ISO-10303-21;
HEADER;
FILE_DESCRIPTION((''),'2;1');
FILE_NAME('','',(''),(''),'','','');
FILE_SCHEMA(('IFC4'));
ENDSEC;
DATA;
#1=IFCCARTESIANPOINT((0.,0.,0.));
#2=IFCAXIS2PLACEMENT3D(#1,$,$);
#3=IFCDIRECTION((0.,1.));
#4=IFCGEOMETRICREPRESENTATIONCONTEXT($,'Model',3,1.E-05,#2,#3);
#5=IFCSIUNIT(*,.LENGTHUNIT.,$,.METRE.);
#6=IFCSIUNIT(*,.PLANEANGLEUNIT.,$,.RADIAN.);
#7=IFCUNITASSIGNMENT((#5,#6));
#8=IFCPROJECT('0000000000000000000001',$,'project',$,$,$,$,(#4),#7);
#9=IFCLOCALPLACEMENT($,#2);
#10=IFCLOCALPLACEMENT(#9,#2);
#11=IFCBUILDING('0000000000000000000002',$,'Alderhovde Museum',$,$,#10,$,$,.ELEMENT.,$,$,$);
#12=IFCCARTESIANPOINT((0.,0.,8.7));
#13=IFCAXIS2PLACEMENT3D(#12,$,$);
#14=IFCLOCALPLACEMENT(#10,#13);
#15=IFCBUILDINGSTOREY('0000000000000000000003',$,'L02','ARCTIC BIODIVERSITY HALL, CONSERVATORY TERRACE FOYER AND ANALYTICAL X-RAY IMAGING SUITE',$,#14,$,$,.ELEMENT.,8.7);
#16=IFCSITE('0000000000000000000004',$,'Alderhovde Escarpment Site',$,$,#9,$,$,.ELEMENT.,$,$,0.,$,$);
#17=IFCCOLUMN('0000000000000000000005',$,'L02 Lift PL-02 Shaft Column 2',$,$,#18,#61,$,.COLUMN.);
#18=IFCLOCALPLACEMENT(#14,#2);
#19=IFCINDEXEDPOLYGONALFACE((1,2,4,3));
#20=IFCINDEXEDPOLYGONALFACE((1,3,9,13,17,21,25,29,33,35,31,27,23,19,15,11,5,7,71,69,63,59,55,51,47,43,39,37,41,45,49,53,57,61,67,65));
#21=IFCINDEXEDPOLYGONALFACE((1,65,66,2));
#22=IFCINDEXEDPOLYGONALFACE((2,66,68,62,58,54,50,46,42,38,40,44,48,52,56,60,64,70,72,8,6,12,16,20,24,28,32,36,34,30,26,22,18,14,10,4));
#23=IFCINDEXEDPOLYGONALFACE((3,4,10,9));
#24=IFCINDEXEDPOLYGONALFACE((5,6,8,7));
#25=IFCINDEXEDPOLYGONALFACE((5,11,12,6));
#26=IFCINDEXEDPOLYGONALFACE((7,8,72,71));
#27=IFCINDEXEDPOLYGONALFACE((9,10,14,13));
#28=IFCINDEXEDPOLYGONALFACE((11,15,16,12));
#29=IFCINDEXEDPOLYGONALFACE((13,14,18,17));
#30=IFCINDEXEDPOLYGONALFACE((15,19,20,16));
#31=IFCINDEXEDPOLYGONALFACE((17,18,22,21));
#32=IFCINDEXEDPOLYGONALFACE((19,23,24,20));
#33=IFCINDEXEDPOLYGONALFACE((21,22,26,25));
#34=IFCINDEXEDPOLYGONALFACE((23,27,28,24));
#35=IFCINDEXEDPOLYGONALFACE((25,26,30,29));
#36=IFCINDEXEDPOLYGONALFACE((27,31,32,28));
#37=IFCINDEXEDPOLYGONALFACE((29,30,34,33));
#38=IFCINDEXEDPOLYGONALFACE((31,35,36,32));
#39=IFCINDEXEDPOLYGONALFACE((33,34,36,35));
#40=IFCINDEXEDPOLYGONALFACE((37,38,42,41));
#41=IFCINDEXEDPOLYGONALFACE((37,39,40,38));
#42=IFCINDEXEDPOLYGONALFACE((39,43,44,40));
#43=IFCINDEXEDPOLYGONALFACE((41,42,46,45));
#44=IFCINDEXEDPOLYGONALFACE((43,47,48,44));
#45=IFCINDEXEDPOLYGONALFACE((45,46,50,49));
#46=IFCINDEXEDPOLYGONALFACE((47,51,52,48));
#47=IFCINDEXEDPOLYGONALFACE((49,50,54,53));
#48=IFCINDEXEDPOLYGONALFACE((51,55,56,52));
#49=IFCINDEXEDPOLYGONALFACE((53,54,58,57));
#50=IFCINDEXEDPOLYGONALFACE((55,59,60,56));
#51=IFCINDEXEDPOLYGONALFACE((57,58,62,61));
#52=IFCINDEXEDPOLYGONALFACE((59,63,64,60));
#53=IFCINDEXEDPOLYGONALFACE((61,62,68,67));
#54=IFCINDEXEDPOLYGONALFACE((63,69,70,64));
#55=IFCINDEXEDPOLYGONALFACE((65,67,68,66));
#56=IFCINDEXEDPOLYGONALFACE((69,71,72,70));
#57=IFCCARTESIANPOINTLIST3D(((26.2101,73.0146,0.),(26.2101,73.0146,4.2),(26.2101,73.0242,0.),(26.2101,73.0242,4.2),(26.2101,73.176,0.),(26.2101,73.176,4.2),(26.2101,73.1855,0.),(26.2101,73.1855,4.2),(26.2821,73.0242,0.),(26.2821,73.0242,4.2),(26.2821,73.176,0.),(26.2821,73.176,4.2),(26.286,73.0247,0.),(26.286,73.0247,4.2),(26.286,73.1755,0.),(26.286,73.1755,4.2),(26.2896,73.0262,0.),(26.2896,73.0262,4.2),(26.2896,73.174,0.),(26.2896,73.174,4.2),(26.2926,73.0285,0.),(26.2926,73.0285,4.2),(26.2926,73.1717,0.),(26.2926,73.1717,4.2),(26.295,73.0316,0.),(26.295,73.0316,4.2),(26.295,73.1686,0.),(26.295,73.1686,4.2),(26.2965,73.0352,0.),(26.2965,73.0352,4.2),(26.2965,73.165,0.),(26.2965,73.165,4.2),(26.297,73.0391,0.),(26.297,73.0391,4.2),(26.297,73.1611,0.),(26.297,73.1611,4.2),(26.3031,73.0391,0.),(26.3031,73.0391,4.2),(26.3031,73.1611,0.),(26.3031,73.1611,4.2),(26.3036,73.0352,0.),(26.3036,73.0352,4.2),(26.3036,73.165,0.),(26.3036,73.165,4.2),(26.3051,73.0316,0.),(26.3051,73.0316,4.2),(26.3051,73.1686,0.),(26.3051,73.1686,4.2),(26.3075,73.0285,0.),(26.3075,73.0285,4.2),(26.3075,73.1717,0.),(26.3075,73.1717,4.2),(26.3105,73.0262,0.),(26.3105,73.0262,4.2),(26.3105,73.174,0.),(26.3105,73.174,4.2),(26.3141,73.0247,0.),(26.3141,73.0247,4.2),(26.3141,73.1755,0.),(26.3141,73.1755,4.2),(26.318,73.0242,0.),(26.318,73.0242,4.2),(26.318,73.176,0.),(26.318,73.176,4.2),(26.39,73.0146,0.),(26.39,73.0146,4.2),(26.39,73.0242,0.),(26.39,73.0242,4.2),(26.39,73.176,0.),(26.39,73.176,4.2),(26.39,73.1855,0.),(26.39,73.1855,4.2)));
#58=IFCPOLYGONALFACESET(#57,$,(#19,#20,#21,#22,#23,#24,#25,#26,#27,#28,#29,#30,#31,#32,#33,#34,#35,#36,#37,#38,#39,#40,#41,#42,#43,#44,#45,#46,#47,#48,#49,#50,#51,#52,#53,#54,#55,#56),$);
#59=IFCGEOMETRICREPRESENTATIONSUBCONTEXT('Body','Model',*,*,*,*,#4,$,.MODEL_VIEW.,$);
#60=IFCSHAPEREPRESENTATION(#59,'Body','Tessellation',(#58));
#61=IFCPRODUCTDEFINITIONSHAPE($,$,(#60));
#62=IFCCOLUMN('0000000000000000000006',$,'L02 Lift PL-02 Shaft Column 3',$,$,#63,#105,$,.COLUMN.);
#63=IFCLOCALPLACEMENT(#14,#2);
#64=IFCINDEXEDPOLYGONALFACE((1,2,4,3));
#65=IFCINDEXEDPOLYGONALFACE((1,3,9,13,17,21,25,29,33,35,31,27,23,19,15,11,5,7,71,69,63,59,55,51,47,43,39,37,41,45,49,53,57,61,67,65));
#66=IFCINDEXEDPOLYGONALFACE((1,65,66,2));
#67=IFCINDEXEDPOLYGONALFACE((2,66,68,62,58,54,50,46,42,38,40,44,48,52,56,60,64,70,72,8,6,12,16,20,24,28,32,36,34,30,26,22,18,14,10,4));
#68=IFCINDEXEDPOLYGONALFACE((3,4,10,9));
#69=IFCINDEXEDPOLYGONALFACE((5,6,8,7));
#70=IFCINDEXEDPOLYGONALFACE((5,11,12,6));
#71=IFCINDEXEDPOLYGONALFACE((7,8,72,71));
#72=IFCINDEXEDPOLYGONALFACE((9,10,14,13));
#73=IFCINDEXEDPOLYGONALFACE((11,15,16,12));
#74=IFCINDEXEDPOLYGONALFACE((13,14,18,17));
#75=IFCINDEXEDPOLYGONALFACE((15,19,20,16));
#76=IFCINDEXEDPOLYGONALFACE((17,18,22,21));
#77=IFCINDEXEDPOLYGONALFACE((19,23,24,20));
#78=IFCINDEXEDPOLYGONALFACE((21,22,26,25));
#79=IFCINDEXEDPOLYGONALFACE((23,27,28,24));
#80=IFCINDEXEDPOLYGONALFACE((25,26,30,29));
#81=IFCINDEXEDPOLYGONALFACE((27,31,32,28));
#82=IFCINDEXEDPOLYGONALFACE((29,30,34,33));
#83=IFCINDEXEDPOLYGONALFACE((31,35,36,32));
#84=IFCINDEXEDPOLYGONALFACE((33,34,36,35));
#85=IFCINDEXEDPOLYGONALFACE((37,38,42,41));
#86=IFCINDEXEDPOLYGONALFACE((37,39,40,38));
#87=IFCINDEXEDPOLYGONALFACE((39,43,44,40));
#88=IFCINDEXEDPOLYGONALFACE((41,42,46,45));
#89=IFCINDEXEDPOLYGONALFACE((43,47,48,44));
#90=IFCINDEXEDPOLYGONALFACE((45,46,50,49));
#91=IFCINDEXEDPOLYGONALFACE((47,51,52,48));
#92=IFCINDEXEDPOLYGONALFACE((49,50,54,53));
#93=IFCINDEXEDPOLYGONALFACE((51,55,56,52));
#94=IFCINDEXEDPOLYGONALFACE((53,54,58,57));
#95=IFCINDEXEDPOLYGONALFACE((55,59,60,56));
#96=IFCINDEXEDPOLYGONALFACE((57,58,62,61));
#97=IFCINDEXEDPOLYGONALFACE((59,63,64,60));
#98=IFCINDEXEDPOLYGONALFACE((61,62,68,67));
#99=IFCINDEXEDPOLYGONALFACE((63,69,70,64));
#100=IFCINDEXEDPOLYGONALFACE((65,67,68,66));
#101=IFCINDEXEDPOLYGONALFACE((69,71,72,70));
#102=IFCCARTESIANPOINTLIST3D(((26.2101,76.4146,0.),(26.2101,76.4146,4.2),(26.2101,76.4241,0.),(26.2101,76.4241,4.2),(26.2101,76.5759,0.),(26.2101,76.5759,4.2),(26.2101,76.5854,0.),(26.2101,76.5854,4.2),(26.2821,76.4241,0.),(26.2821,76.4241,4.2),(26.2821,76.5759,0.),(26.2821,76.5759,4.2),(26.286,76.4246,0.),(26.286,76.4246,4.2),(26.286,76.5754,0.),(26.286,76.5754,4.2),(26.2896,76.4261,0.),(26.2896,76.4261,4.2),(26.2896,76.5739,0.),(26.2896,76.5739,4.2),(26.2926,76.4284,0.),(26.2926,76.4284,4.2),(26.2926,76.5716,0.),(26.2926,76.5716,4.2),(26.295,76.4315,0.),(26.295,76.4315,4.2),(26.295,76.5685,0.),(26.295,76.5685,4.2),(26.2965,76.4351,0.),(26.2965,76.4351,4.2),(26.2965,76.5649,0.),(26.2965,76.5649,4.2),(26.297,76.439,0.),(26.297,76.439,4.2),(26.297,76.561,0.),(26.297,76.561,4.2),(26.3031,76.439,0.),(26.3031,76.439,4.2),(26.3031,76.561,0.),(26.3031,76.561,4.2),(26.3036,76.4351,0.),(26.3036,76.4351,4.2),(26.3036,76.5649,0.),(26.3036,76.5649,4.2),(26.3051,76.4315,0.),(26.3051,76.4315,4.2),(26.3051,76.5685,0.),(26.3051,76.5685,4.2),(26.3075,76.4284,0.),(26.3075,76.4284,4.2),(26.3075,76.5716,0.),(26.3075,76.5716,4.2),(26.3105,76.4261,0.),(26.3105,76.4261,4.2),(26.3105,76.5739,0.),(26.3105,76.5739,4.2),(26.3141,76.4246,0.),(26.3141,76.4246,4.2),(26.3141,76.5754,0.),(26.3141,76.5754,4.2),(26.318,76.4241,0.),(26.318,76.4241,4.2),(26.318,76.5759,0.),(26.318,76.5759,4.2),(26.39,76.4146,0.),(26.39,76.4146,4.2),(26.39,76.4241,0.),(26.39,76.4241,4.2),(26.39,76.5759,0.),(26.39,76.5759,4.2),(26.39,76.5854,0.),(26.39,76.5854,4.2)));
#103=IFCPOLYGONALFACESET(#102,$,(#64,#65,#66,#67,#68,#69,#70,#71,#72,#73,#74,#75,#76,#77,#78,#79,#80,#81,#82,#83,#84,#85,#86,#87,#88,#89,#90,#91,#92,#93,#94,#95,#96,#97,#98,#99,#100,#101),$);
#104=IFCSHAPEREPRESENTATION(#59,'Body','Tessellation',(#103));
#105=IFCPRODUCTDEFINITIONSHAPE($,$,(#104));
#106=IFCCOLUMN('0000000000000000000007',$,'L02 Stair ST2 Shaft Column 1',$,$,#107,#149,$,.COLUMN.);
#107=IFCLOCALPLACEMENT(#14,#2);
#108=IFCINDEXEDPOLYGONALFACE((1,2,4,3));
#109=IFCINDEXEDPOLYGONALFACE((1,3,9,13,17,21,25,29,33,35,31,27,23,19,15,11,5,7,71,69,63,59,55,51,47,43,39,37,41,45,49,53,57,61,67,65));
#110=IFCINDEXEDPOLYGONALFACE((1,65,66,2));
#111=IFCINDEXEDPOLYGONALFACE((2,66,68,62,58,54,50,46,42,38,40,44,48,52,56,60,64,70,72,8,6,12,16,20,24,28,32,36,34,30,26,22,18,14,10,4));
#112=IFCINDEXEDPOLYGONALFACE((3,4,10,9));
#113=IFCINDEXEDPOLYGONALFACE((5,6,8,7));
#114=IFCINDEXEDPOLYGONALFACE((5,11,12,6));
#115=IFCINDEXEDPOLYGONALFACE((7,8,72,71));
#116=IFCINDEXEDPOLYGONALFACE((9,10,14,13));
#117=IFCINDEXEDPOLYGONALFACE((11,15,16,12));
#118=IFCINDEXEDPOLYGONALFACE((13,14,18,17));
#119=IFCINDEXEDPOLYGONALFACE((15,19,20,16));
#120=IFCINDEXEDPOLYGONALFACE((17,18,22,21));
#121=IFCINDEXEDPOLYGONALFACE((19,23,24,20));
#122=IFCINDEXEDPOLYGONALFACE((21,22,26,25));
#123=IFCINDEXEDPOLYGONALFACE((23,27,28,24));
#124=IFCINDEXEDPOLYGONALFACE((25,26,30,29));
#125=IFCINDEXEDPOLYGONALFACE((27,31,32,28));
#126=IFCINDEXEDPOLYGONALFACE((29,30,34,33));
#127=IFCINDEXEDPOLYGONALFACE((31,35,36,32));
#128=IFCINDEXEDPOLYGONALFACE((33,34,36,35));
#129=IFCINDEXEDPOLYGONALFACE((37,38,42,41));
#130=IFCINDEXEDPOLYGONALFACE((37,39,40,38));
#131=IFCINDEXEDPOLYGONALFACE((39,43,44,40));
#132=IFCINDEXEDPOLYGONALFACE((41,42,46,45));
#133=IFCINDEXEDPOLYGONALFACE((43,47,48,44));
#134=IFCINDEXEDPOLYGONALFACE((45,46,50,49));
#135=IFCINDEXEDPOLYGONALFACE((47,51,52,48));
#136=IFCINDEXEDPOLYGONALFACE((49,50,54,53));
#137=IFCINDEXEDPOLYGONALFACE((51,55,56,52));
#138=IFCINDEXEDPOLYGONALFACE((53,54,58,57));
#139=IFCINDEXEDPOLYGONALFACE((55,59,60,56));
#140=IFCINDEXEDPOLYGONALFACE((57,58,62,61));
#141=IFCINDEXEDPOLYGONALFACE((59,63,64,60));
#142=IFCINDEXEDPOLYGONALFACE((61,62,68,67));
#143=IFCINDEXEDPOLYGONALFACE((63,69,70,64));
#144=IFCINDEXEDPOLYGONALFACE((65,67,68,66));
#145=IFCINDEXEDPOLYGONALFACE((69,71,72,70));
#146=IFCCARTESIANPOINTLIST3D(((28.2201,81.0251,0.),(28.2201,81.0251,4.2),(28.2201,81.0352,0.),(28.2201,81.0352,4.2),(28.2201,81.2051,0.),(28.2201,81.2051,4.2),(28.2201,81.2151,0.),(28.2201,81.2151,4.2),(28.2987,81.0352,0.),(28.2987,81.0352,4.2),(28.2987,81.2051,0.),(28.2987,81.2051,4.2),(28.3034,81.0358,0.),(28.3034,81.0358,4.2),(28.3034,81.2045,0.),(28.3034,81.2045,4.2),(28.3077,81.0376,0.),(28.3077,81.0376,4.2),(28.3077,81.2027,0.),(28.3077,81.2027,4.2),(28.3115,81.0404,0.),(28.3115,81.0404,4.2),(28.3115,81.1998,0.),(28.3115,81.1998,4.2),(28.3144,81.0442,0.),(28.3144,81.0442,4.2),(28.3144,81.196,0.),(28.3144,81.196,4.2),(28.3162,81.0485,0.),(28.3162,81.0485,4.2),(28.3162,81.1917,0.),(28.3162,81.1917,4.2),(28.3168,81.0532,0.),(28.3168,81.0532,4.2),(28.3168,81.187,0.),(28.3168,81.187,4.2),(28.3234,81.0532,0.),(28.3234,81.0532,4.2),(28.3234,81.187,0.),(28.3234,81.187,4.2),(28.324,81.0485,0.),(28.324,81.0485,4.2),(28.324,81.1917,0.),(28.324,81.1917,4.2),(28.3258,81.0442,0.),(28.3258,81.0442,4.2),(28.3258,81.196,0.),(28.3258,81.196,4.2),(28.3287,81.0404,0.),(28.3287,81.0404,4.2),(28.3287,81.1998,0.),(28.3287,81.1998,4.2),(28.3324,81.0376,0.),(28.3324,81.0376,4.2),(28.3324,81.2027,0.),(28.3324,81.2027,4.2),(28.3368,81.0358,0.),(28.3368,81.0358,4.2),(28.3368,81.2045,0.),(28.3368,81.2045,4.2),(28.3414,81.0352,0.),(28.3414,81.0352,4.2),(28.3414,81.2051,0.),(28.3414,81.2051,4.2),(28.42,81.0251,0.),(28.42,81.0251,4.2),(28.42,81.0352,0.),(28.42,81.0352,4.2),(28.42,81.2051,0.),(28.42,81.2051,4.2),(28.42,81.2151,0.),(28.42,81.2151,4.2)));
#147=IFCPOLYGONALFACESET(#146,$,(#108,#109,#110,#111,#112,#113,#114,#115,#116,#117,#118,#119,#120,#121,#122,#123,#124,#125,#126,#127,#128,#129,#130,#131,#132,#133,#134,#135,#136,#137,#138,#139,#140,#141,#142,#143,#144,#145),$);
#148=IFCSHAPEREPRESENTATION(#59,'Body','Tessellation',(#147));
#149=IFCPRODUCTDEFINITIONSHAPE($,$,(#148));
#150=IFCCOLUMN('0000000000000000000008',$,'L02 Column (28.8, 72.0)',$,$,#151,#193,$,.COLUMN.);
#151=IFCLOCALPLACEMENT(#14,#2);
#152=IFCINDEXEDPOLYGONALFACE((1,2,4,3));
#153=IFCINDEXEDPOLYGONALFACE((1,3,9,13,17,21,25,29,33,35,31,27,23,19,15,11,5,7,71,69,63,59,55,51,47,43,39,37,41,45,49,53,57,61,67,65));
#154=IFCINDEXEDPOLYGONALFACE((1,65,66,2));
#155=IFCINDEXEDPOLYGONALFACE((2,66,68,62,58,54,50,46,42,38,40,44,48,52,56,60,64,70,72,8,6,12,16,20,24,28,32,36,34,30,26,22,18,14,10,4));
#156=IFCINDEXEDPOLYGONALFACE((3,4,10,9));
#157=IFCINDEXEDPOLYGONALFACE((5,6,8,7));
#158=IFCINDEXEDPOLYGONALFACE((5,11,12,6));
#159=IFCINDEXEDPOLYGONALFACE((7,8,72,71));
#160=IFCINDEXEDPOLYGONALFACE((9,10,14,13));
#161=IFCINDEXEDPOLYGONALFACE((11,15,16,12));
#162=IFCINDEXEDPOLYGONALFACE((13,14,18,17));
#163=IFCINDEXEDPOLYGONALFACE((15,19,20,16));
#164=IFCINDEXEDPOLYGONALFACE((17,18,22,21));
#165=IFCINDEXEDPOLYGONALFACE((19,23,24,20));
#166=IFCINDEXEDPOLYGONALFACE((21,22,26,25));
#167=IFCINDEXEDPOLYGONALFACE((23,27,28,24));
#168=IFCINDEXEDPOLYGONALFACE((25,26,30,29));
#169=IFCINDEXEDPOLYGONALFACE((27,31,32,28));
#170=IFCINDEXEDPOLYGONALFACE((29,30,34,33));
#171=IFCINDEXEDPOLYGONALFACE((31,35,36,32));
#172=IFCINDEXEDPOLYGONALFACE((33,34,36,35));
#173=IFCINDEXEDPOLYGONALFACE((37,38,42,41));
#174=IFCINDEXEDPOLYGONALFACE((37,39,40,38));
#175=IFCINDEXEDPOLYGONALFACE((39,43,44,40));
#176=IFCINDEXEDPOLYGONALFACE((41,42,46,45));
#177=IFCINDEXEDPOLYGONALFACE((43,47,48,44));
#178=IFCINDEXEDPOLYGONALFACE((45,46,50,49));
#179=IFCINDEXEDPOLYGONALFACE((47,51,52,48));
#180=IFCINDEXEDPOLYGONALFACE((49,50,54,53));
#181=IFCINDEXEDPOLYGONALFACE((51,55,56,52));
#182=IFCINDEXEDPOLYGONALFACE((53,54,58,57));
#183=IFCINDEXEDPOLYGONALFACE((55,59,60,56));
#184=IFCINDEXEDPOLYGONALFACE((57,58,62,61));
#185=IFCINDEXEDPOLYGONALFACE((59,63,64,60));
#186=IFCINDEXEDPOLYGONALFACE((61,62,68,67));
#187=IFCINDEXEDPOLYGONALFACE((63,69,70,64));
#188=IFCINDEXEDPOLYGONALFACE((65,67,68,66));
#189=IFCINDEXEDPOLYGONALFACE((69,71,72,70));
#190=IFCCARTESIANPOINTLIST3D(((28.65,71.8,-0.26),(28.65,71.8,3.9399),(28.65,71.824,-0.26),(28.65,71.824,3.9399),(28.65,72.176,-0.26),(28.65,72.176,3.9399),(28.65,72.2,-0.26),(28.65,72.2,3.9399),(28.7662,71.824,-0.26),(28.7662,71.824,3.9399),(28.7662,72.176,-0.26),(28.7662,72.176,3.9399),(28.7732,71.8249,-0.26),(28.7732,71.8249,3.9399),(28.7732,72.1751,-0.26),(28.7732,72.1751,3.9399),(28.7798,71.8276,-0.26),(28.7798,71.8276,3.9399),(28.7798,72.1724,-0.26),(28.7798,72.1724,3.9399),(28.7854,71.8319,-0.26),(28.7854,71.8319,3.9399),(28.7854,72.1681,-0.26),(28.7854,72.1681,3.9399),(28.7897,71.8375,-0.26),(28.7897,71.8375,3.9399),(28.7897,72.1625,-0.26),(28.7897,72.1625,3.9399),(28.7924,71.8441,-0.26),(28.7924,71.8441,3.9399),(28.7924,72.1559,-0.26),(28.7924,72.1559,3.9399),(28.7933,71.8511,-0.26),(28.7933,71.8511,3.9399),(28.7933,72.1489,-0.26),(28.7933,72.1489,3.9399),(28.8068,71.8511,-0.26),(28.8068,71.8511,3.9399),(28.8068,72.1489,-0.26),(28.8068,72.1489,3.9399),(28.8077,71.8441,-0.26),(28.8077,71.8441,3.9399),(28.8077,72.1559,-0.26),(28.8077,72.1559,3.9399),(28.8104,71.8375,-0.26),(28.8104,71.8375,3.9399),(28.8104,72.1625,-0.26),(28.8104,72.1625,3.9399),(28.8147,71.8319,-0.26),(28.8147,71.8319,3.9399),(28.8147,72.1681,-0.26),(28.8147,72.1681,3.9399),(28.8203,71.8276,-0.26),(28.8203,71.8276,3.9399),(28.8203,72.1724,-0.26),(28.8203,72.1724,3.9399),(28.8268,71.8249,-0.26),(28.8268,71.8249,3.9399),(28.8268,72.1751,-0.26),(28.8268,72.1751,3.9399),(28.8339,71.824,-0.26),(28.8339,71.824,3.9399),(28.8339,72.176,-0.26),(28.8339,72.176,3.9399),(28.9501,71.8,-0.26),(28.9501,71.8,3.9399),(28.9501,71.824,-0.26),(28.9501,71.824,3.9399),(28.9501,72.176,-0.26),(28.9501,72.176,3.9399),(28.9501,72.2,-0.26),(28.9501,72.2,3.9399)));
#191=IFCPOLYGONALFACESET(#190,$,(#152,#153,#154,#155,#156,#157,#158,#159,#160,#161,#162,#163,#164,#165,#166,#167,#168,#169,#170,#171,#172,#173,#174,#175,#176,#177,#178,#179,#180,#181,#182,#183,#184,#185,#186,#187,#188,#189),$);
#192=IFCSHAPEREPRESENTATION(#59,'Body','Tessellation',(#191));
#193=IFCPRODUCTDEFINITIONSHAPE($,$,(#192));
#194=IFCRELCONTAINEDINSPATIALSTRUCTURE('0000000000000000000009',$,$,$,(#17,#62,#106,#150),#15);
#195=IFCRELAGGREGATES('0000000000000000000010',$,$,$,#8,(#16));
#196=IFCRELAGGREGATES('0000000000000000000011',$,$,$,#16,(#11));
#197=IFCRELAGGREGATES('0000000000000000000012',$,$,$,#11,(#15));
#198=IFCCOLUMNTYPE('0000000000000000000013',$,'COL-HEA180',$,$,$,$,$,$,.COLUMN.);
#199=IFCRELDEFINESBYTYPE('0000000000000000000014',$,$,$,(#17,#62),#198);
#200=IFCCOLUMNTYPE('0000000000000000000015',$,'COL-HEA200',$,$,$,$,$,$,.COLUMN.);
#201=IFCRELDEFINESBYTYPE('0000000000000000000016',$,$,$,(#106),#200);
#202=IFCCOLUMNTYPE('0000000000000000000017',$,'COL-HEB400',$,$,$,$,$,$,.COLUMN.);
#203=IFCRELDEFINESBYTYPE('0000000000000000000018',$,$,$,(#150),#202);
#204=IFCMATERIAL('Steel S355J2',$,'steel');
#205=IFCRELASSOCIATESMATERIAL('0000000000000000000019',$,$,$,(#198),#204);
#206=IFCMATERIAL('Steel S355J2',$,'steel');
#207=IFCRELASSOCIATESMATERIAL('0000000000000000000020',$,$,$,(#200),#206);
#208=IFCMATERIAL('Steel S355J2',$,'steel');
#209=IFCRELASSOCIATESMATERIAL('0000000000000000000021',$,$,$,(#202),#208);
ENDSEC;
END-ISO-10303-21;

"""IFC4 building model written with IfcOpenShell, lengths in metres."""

from ifc_helpers import new_model, si_unit, direction, frame, origin, origin_2d, place, context, subcontext, project, spatial, i_section, extrude, material, material_profile, profile_set, type_object, element, save


model = new_model("IFC4")

# Units and contexts
model_context = context("Model", 3, precision=1e-05, world=origin(), true_north=direction((0.0, 1.0)))
body_context = subcontext(model_context, "Body", "Model", "MODEL_VIEW")
ifc_project = project(units=[si_unit("LENGTHUNIT", "METRE"), si_unit("PLANEANGLEUNIT", "RADIAN")], contexts=[model_context])

# Site, building, storey
site_placement = place(None, origin())
site = spatial("IfcSite", under=ifc_project, at=site_placement, Name="Alderhovde Escarpment Site", CompositionType="ELEMENT", RefElevation=0.0)
building_placement = place(site_placement, origin())
building = spatial("IfcBuilding", under=site, at=building_placement, Name="Alderhovde Museum", CompositionType="ELEMENT")
storey_placement = place(building_placement, frame((0.0, 0.0, 8.7)))
storey = spatial("IfcBuildingStorey", under=building, at=storey_placement, Name="L02", Description="ARCTIC BIODIVERSITY HALL, CONSERVATORY TERRACE FOYER AND ANALYTICAL X-RAY IMAGING SUITE", CompositionType="ELEMENT", Elevation=8.7)

# Columns
ifc_material_1 = material(Name="Steel S355J2", Category="steel")
ifc_material_profile_1 = material_profile(ifc_material_1, i_section(OverallWidth=0.1799, OverallDepth=0.1709, WebThickness=0.0061, FlangeThickness=0.0095, FilletRadius=0.0149, at=origin_2d()), Name="HEA 180")
ifc_profile_set_1 = profile_set([ifc_material_profile_1], Name="Steel S355J2")
column_type_1 = type_object("IfcColumnType", Name="COL-HEA180", PredefinedType="COLUMN", material=ifc_profile_set_1)
for number, where, z_axis, x_axis, name in (
    (1, (26.3, 73.1001, 0.0), (0.0, 0.0, 1.0), (1.0, 0.0, 0.0), "L02 Lift PL-02 Shaft Column 2"),
    (2, (26.3, 76.5, 0.0), (0.0, 0.0, 1.0), (1.0, 0.0, 0.0), "L02 Lift PL-02 Shaft Column 3"),
):
    element("IfcColumn", number, at=place(storey_placement, frame(where, z_axis=z_axis, x_axis=x_axis)), inside=storey, type_object=column_type_1, Name=name, PredefinedType="COLUMN", context=body_context, shape_type="SweptSolid", body=[
        extrude(i_section(OverallWidth=0.1799, OverallDepth=0.1709, WebThickness=0.0061, FlangeThickness=0.0095, FilletRadius=0.0149, at=origin_2d()), origin(), (0.0, 0.0, 1.0), 4.2),
    ])
ifc_material_2 = material(Name="Steel S355J2", Category="steel")
ifc_material_profile_2 = material_profile(ifc_material_2, i_section(OverallWidth=0.2, OverallDepth=0.1899, WebThickness=0.0066, FlangeThickness=0.01, FilletRadius=0.0181, at=origin_2d()), Name="HEA 200")
ifc_profile_set_2 = profile_set([ifc_material_profile_2], Name="Steel S355J2")
column_type_2 = type_object("IfcColumnType", Name="COL-HEA200", PredefinedType="COLUMN", material=ifc_profile_set_2)
column_1_placement = place(storey_placement, frame((28.3201, 81.1201, 0.0), z_axis=(0.0, 0.0, 1.0), x_axis=(1.0, 0.0, 0.0)))
element("IfcColumn", 3, at=column_1_placement, inside=storey, type_object=column_type_2, Name="L02 Stair ST2 Shaft Column 1", PredefinedType="COLUMN", context=body_context, shape_type="SweptSolid", body=[
    extrude(i_section(OverallWidth=0.2, OverallDepth=0.1899, WebThickness=0.0066, FlangeThickness=0.01, FilletRadius=0.0181, at=origin_2d()), origin(), (0.0, 0.0, 1.0), 4.2),
])
ifc_material_3 = material(Name="Steel S355J2", Category="steel")
ifc_material_profile_3 = material_profile(ifc_material_3, i_section(OverallWidth=0.3, OverallDepth=0.3999, WebThickness=0.0134, FlangeThickness=0.0239, FilletRadius=0.0271, at=origin_2d()), Name="HEB 400")
ifc_profile_set_3 = profile_set([ifc_material_profile_3], Name="Steel S355J2")
column_type_3 = type_object("IfcColumnType", Name="COL-HEB400", PredefinedType="COLUMN", material=ifc_profile_set_3)
for number, where, z_axis, x_axis, name in (
    (4, (28.8, 72.0, -0.26), (0.0, 0.0, 1.0), (1.0, 0.0, 0.0), "L02 Column (28.8, 72.0)"),
):
    element("IfcColumn", number, at=place(storey_placement, frame(where, z_axis=z_axis, x_axis=x_axis)), inside=storey, type_object=column_type_3, Name=name, PredefinedType="COLUMN", context=body_context, shape_type="SweptSolid", body=[
        extrude(i_section(OverallWidth=0.3, OverallDepth=0.3999, WebThickness=0.0134, FlangeThickness=0.0239, FilletRadius=0.0271, at=origin_2d()), origin(), (0.0, 0.0, 1.0), 4.2),
    ])

save(model, "model.ifc")
